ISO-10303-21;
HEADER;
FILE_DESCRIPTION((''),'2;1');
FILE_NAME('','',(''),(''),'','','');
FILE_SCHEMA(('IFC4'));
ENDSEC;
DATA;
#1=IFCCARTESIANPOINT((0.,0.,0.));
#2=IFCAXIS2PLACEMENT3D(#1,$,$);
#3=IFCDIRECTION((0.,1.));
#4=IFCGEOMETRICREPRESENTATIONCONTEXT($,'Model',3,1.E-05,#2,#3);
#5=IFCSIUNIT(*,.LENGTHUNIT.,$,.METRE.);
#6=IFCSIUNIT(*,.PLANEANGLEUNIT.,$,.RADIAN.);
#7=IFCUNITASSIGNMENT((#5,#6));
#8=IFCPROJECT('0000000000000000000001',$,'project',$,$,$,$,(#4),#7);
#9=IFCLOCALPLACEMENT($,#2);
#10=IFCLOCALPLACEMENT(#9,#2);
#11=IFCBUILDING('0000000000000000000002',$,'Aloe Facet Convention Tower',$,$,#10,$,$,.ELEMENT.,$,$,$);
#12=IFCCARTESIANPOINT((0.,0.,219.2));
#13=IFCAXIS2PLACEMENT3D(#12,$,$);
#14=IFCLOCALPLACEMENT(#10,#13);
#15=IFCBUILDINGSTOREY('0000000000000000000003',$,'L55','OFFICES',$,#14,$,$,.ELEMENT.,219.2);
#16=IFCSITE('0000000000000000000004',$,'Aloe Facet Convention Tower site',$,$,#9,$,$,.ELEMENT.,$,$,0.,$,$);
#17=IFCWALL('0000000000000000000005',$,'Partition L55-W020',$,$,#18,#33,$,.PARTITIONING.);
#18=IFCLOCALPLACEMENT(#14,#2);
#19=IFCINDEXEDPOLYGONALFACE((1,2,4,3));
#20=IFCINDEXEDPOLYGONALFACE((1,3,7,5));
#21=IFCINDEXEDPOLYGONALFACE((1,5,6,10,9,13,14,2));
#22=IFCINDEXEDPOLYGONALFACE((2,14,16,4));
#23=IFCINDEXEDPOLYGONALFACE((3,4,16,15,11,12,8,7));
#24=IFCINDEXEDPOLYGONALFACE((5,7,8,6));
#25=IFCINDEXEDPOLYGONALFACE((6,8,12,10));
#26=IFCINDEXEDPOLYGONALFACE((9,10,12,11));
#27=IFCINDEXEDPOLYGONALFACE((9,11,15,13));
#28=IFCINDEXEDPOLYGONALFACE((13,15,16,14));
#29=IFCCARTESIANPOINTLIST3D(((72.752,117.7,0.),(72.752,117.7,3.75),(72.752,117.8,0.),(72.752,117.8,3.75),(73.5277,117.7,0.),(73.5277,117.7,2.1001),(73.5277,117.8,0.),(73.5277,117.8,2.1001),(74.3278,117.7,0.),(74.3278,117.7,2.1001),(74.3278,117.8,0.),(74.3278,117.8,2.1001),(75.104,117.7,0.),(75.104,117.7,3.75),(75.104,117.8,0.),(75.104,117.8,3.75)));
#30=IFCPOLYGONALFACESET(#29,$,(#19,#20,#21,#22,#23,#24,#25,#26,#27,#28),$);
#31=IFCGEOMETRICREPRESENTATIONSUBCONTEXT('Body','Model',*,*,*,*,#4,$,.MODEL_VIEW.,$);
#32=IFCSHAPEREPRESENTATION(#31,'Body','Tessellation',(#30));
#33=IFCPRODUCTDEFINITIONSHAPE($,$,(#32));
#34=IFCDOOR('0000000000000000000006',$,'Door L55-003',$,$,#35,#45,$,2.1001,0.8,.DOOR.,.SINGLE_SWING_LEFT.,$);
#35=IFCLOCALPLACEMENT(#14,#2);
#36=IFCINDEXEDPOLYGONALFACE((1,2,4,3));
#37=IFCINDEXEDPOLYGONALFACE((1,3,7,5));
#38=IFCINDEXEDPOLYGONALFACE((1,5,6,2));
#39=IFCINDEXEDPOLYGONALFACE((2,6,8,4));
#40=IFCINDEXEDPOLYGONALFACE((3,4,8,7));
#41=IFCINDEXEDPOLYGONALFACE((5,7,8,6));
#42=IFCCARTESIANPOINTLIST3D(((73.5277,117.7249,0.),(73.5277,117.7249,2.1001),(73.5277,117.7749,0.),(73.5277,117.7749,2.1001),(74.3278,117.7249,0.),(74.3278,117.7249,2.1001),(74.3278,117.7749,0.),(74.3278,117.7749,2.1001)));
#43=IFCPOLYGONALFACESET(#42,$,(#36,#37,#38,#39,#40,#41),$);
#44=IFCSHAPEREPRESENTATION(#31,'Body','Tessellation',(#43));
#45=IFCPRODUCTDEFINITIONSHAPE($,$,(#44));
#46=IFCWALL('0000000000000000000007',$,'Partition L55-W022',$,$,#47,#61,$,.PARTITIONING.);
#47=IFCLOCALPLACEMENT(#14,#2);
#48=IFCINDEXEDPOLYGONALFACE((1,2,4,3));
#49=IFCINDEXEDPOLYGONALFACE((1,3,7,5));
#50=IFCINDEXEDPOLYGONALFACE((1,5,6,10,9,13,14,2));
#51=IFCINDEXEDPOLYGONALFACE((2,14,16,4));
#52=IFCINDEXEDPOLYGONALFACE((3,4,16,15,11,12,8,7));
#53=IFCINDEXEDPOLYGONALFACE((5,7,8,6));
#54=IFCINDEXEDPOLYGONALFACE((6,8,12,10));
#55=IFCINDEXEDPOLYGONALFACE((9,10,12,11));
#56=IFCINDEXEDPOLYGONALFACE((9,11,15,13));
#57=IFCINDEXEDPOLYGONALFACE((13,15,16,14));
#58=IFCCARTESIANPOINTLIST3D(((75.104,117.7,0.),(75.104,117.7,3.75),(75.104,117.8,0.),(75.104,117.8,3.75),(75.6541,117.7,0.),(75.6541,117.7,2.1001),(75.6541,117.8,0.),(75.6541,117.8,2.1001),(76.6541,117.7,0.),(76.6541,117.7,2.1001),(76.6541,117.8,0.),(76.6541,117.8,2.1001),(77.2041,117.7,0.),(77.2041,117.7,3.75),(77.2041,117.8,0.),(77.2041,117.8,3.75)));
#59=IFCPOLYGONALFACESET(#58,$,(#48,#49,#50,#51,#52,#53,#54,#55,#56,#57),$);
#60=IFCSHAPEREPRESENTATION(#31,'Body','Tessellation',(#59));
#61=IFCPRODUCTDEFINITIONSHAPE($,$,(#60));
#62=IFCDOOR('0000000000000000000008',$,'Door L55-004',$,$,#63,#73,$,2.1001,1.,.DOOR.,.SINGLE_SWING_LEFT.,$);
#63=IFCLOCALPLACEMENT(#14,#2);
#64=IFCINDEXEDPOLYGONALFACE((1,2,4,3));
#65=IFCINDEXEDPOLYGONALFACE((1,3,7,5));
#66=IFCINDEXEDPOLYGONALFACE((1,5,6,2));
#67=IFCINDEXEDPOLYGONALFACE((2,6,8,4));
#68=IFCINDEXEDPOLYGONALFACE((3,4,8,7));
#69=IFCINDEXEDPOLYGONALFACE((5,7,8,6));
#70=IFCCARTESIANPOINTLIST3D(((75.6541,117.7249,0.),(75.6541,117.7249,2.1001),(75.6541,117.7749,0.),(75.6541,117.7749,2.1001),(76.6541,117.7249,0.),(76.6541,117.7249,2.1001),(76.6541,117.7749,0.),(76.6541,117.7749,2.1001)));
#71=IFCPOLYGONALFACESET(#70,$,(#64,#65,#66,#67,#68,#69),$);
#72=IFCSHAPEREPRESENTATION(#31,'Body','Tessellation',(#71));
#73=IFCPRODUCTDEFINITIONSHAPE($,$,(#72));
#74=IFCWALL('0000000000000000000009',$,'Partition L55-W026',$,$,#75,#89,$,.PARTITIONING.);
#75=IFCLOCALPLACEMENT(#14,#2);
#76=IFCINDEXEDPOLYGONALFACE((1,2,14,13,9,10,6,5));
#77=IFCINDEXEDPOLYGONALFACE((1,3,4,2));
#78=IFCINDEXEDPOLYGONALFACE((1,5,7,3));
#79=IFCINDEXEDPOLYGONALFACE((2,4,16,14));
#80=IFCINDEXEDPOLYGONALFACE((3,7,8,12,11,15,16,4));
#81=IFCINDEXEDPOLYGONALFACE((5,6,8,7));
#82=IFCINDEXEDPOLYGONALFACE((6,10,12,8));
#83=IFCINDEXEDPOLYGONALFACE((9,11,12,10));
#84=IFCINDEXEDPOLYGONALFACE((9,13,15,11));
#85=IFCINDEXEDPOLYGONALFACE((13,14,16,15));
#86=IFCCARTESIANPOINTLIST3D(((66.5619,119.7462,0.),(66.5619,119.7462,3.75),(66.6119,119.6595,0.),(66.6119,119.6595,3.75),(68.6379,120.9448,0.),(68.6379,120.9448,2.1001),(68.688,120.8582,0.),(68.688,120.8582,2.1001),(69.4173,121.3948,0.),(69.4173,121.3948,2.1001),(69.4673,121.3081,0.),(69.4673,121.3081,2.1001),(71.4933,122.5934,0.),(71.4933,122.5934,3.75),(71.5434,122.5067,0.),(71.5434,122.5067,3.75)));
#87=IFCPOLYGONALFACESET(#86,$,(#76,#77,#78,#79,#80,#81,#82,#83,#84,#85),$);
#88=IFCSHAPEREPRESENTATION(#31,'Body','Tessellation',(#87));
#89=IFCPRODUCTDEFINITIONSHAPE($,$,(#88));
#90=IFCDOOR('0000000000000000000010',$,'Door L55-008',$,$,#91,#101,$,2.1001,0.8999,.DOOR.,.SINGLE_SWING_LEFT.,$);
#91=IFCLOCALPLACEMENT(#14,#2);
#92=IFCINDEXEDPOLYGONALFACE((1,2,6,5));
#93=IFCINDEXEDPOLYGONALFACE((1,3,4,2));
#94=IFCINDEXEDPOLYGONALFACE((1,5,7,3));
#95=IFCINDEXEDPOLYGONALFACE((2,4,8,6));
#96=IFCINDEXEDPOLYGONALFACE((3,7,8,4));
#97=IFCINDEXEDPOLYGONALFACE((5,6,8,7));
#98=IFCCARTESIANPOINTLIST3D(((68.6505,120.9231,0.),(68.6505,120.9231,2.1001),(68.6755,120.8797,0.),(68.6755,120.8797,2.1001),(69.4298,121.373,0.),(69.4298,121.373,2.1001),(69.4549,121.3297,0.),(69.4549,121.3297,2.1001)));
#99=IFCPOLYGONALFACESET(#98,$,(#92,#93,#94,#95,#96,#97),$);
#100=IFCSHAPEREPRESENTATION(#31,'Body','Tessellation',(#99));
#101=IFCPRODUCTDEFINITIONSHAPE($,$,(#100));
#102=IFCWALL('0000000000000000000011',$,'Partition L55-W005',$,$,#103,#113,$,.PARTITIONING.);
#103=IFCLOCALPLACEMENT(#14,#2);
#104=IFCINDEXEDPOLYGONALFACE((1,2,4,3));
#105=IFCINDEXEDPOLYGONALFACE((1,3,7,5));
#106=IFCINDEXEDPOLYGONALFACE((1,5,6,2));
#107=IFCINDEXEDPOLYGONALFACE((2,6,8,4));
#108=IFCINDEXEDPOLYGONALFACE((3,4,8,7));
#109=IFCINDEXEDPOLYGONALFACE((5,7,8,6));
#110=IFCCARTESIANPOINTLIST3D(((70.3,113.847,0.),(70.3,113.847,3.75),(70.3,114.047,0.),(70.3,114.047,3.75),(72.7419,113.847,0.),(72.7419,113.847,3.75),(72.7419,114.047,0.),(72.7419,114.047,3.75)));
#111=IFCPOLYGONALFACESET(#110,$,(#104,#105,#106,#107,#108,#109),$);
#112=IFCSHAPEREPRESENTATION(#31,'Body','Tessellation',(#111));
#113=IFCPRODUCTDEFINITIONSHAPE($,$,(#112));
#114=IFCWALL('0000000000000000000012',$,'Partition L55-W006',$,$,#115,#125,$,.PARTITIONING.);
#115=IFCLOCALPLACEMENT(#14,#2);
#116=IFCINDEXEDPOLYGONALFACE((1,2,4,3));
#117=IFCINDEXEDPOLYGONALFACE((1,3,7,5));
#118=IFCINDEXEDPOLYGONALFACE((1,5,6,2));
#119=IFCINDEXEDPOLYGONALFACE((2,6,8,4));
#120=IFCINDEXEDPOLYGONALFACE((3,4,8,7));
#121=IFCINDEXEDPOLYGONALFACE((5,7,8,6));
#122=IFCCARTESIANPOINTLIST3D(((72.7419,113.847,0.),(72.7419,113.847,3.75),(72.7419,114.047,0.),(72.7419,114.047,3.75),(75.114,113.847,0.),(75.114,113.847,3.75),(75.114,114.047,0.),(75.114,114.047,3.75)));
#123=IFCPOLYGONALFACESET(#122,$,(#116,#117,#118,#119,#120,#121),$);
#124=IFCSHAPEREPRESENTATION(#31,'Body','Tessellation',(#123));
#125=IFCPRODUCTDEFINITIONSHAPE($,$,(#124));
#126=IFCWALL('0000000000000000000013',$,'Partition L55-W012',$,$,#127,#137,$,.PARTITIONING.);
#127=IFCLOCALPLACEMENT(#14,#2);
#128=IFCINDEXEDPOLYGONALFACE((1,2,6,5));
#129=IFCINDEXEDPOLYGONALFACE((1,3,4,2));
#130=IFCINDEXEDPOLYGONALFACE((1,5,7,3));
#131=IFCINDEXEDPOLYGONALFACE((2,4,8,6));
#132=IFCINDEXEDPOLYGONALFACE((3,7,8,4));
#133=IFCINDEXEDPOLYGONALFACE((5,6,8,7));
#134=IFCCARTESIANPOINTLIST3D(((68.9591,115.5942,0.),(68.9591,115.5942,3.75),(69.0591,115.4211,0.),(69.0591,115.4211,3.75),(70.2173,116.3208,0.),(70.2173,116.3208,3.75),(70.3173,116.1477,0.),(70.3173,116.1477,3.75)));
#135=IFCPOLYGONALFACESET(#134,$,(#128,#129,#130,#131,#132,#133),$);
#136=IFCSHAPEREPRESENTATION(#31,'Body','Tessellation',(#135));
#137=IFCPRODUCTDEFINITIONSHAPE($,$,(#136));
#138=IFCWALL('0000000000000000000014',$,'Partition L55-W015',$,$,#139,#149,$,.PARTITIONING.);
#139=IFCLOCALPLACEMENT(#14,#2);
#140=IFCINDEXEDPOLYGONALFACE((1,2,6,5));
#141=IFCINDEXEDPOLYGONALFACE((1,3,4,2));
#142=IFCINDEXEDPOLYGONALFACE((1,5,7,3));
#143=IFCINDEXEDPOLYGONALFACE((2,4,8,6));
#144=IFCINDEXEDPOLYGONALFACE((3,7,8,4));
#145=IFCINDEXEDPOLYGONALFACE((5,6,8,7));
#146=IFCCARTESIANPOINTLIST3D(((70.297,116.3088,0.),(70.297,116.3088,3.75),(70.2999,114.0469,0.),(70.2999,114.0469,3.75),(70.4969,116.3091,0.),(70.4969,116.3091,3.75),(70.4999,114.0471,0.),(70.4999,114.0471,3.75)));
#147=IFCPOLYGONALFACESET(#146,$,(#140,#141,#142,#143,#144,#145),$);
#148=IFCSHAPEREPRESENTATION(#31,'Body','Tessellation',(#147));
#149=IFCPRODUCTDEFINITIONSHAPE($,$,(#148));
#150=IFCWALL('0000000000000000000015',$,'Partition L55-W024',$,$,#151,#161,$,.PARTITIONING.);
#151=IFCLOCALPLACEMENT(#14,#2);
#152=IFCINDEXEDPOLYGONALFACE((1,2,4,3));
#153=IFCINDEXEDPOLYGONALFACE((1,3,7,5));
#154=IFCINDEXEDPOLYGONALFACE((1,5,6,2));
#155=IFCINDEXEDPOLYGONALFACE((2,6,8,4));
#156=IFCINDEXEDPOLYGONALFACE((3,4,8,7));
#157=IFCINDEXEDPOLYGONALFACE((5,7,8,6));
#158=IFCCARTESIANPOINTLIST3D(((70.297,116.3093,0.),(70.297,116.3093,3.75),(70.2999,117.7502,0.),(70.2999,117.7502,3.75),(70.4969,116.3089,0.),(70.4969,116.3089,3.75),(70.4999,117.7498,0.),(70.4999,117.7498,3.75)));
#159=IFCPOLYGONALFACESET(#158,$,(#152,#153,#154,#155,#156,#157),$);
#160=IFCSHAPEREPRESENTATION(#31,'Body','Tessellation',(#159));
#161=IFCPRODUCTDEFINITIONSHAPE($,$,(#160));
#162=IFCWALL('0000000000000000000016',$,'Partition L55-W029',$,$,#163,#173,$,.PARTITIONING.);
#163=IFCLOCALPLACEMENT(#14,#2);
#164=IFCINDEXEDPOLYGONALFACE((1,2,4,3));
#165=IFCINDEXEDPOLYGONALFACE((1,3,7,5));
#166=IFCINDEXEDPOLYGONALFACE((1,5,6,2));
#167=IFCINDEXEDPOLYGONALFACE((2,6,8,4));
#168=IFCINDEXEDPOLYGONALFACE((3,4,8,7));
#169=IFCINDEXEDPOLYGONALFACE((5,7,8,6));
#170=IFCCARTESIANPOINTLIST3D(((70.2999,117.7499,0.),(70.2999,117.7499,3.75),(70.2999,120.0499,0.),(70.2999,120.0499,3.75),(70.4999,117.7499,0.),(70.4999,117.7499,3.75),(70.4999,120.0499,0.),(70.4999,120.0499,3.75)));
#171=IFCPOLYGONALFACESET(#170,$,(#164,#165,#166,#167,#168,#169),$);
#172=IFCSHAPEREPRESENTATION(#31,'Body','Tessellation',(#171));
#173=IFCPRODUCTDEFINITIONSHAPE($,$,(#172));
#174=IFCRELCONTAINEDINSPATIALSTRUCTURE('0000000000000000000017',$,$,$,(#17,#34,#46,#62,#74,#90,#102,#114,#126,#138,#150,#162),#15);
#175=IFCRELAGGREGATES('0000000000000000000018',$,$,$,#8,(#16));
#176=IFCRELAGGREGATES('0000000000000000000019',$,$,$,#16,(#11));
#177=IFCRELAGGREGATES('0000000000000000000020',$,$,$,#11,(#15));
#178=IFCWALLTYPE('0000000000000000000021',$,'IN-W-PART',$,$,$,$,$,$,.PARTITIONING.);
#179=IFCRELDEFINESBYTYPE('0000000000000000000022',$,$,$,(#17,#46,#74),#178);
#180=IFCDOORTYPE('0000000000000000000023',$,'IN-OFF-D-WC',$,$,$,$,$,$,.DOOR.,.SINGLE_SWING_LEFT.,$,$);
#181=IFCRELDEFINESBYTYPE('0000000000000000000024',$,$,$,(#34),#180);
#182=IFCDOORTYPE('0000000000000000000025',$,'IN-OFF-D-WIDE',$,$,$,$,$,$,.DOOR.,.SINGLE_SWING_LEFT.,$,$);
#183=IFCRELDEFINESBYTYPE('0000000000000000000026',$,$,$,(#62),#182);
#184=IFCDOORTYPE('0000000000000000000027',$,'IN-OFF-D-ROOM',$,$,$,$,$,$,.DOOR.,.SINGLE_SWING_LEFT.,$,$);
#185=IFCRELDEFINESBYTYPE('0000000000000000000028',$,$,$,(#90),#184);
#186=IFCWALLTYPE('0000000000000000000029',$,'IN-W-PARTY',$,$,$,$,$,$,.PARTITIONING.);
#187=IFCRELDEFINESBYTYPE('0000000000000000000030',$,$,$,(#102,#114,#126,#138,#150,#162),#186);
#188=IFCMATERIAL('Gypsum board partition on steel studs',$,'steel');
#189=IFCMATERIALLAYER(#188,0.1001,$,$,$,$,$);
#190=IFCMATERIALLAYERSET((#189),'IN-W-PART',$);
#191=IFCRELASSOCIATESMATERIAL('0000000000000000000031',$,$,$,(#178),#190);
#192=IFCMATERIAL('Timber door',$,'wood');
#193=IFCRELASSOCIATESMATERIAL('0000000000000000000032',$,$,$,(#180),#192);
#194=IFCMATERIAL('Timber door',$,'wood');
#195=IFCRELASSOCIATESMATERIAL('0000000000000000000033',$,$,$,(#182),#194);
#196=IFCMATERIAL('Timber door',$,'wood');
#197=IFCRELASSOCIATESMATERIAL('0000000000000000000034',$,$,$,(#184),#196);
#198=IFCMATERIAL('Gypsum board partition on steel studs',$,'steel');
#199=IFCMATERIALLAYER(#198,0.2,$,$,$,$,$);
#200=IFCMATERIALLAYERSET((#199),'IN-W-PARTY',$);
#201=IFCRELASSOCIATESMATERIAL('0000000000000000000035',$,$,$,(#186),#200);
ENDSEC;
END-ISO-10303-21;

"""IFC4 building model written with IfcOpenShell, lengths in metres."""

from ifc_helpers import new_model, si_unit, direction, frame, frame_2d, origin, place, context, subcontext, project, spatial, rectangle, extrude, material, layer, layer_set, type_object, element, fill, save


model = new_model("IFC4")

# Units and contexts
model_context = context("Model", 3, precision=1e-05, world=origin(), true_north=direction((0.0, 1.0)))
body_context = subcontext(model_context, "Body", "Model", "MODEL_VIEW")
ifc_project = project(units=[si_unit("LENGTHUNIT", "METRE"), si_unit("PLANEANGLEUNIT", "RADIAN")], contexts=[model_context])

# Site, building, storey
site_placement = place(None, origin())
site = spatial("IfcSite", under=ifc_project, at=site_placement, Name="Aloe Facet Convention Tower site", CompositionType="ELEMENT", RefElevation=0.0)
building_placement = place(site_placement, origin())
building = spatial("IfcBuilding", under=site, at=building_placement, Name="Aloe Facet Convention Tower", CompositionType="ELEMENT")
storey_placement = place(building_placement, frame((0.0, 0.0, 219.2)))
storey = spatial("IfcBuildingStorey", under=building, at=storey_placement, Name="L55", Description="OFFICES", CompositionType="ELEMENT", Elevation=219.2)

# Shared definitions
ifc_material_1 = material(Name="Gypsum board partition on steel studs", Category="steel")
ifc_layer_1 = layer(ifc_material_1, 0.1001)
ifc_layer_set_1 = layer_set([ifc_layer_1], Name="IN-W-PART")
wall_type_1 = type_object("IfcWallType", Name="IN-W-PART", PredefinedType="PARTITIONING", material=ifc_layer_set_1)

# Shared definitions
ifc_material_2 = material(Name="Timber door", Category="wood")
door_type_1 = type_object("IfcDoorType", Name="IN-OFF-D-WC", OperationType="SINGLE_SWING_LEFT", PredefinedType="DOOR", material=ifc_material_2)

# Walls, openings, doors
wall_1_placement = place(storey_placement, frame((72.752, 117.75, 0.0), z_axis=(0.0, 0.0, 1.0), x_axis=(1.0, 0.0, 0.0)))
wall_1 = element("IfcWall", 1, at=wall_1_placement, inside=storey, type_object=wall_type_1, Name="Partition L55-W020", PredefinedType="PARTITIONING", context=body_context, shape_type="SweptSolid", body=[
    extrude(rectangle(XDim=2.3521, YDim=0.1001, at=frame_2d((1.176, 0.0))), origin(), (0.0, 0.0, 1.0), 3.75),
])
opening_1_placement = place(wall_1_placement, frame((0.7759, 0.0, 0.0)))
opening_1 = element("IfcOpeningElement", 2, at=opening_1_placement, cuts=wall_1, PredefinedType="OPENING", context=body_context, shape_type="SweptSolid", body=[
    extrude(rectangle(XDim=0.8, YDim=2.1001, at=frame_2d((0.3999, 1.05))), frame((0.0, 0.0601, 0.0), z_axis=(0.0, -1.0, 0.0), x_axis=(1.0, 0.0, 0.0)), (0.0, 0.0, 1.0), 0.1201),
])
door_1_placement = place(opening_1_placement, origin())
door_1 = element("IfcDoor", 3, at=door_1_placement, inside=storey, type_object=door_type_1, Name="Door L55-003", OperationType="SINGLE_SWING_LEFT", OverallHeight=2.1001, OverallWidth=0.8, PredefinedType="DOOR", context=body_context, shape_type="SweptSolid", body=[
    extrude(rectangle(XDim=0.8, YDim=2.1001, at=frame_2d((0.3999, 1.05))), frame((0.0, 0.0249, 0.0), z_axis=(0.0, -1.0, 0.0), x_axis=(1.0, 0.0, 0.0)), (0.0, 0.0, 1.0), 0.05),
])
fill(opening_1, door_1)
wall_2_placement = place(storey_placement, frame((75.104, 117.75, 0.0), z_axis=(0.0, 0.0, 1.0), x_axis=(1.0, 0.0, 0.0)))
wall_2 = element("IfcWall", 4, at=wall_2_placement, inside=storey, type_object=wall_type_1, Name="Partition L55-W022", PredefinedType="PARTITIONING", context=body_context, shape_type="SweptSolid", body=[
    extrude(rectangle(XDim=2.1001, YDim=0.1001, at=frame_2d((1.05, 0.0))), origin(), (0.0, 0.0, 1.0), 3.75),
])
opening_2_placement = place(wall_2_placement, frame((0.55, 0.0, 0.0)))
opening_2 = element("IfcOpeningElement", 5, at=opening_2_placement, cuts=wall_2, PredefinedType="OPENING", context=body_context, shape_type="SweptSolid", body=[
    extrude(rectangle(XDim=1.0, YDim=2.1001, at=frame_2d((0.5, 1.05))), frame((0.0, 0.0601, 0.0), z_axis=(0.0, -1.0, 0.0), x_axis=(1.0, 0.0, 0.0)), (0.0, 0.0, 1.0), 0.1201),
])
ifc_material_3 = material(Name="Timber door", Category="wood")
door_type_2 = type_object("IfcDoorType", Name="IN-OFF-D-WIDE", OperationType="SINGLE_SWING_LEFT", PredefinedType="DOOR", material=ifc_material_3)
door_2_placement = place(opening_2_placement, origin())
door_2 = element("IfcDoor", 6, at=door_2_placement, inside=storey, type_object=door_type_2, Name="Door L55-004", OperationType="SINGLE_SWING_LEFT", OverallHeight=2.1001, OverallWidth=1.0, PredefinedType="DOOR", context=body_context, shape_type="SweptSolid", body=[
    extrude(rectangle(XDim=1.0, YDim=2.1001, at=frame_2d((0.5, 1.05))), frame((0.0, 0.0249, 0.0), z_axis=(0.0, -1.0, 0.0), x_axis=(1.0, 0.0, 0.0)), (0.0, 0.0, 1.0), 0.05),
])
fill(opening_2, door_2)
wall_3_placement = place(storey_placement, frame((66.5869, 119.7029, 0.0), z_axis=(0.0, 0.0, 1.0), x_axis=(0.866024, 0.500003, 0.0)))
wall_3 = element("IfcWall", 7, at=wall_3_placement, inside=storey, type_object=wall_type_1, Name="Partition L55-W026", PredefinedType="PARTITIONING", context=body_context, shape_type="SweptSolid", body=[
    extrude(rectangle(XDim=5.6943, YDim=0.1001, at=frame_2d((2.8472, 0.0))), origin(), (0.0, 0.0, 1.0), 3.75),
])
opening_3_placement = place(wall_3_placement, frame((2.3972, 0.0, 0.0)))
opening_3 = element("IfcOpeningElement", 8, at=opening_3_placement, cuts=wall_3, PredefinedType="OPENING", context=body_context, shape_type="SweptSolid", body=[
    extrude(rectangle(XDim=0.8999, YDim=2.1001, at=frame_2d((0.45, 1.05))), frame((0.0, 0.0601, 0.0), z_axis=(0.0, -1.0, 0.0), x_axis=(1.0, 0.0, 0.0)), (0.0, 0.0, 1.0), 0.1201),
])
ifc_material_4 = material(Name="Timber door", Category="wood")
door_type_3 = type_object("IfcDoorType", Name="IN-OFF-D-ROOM", OperationType="SINGLE_SWING_LEFT", PredefinedType="DOOR", material=ifc_material_4)
door_3_placement = place(opening_3_placement, origin())
door_3 = element("IfcDoor", 9, at=door_3_placement, inside=storey, type_object=door_type_3, Name="Door L55-008", OperationType="SINGLE_SWING_LEFT", OverallHeight=2.1001, OverallWidth=0.8999, PredefinedType="DOOR", context=body_context, shape_type="SweptSolid", body=[
    extrude(rectangle(XDim=0.8999, YDim=2.1001, at=frame_2d((0.45, 1.05))), frame((0.0, 0.0249, 0.0), z_axis=(0.0, -1.0, 0.0), x_axis=(1.0, 0.0, 0.0)), (0.0, 0.0, 1.0), 0.05),
])
fill(opening_3, door_3)

# Walls
ifc_material_5 = material(Name="Gypsum board partition on steel studs", Category="steel")
ifc_layer_2 = layer(ifc_material_5, 0.2)
ifc_layer_set_2 = layer_set([ifc_layer_2], Name="IN-W-PARTY")
wall_type_2 = type_object("IfcWallType", Name="IN-W-PARTY", PredefinedType="PARTITIONING", material=ifc_layer_set_2)
wall_4_placement = place(storey_placement, frame((70.3, 113.947, 0.0), z_axis=(0.0, 0.0, 1.0), x_axis=(1.0, 0.0, 0.0)))
element("IfcWall", 10, at=wall_4_placement, inside=storey, type_object=wall_type_2, Name="Partition L55-W005", PredefinedType="PARTITIONING", context=body_context, shape_type="SweptSolid", body=[
    extrude(rectangle(XDim=2.4419, YDim=0.2, at=frame_2d((1.2209, 0.0))), origin(), (0.0, 0.0, 1.0), 3.75),
])
wall_5_placement = place(storey_placement, frame((72.7419, 113.947, 0.0), z_axis=(0.0, 0.0, 1.0), x_axis=(1.0, 0.0, 0.0)))
element("IfcWall", 11, at=wall_5_placement, inside=storey, type_object=wall_type_2, Name="Partition L55-W006", PredefinedType="PARTITIONING", context=body_context, shape_type="SweptSolid", body=[
    extrude(rectangle(XDim=2.3721, YDim=0.2, at=frame_2d((1.186, 0.0))), origin(), (0.0, 0.0, 1.0), 3.75),
])
wall_6_placement = place(storey_placement, frame((69.009, 115.5076, 0.0), z_axis=(0.0, 0.0, 1.0), x_axis=(0.865959, 0.500115, 0.0)))
element("IfcWall", 12, at=wall_6_placement, inside=storey, type_object=wall_type_2, Name="Partition L55-W012", PredefinedType="PARTITIONING", context=body_context, shape_type="SweptSolid", body=[
    extrude(rectangle(XDim=1.4529, YDim=0.2, at=frame_2d((0.7266, 0.0))), origin(), (0.0, 0.0, 1.0), 3.75),
])
wall_7_placement = place(storey_placement, frame((70.3999, 114.0471, 0.0), z_axis=(0.0, 0.0, 1.0), x_axis=(-0.001295, 0.999999, 0.0)))
element("IfcWall", 13, at=wall_7_placement, inside=storey, type_object=wall_type_2, Name="Partition L55-W015", PredefinedType="PARTITIONING", context=body_context, shape_type="SweptSolid", body=[
    extrude(rectangle(XDim=2.262, YDim=0.2, at=frame_2d((1.1309, 0.0))), origin(), (0.0, 0.0, 1.0), 3.75),
])
wall_8_placement = place(storey_placement, frame((70.397, 116.3091, 0.0), z_axis=(0.0, 0.0, 1.0), x_axis=(0.002033, 0.999998, 0.0)))
element("IfcWall", 14, at=wall_8_placement, inside=storey, type_object=wall_type_2, Name="Partition L55-W024", PredefinedType="PARTITIONING", context=body_context, shape_type="SweptSolid", body=[
    extrude(rectangle(XDim=1.4409, YDim=0.2, at=frame_2d((0.7205, 0.0))), origin(), (0.0, 0.0, 1.0), 3.75),
])
wall_9_placement = place(storey_placement, frame((70.3999, 117.75, 0.0), z_axis=(0.0, 0.0, 1.0), x_axis=(0.0, 1.0, 0.0)))
element("IfcWall", 15, at=wall_9_placement, inside=storey, type_object=wall_type_2, Name="Partition L55-W029", PredefinedType="PARTITIONING", context=body_context, shape_type="SweptSolid", body=[
    extrude(rectangle(XDim=2.3, YDim=0.2, at=frame_2d((1.1499, 0.0))), origin(), (0.0, 0.0, 1.0), 3.75),
])

save(model, "model.ifc")
